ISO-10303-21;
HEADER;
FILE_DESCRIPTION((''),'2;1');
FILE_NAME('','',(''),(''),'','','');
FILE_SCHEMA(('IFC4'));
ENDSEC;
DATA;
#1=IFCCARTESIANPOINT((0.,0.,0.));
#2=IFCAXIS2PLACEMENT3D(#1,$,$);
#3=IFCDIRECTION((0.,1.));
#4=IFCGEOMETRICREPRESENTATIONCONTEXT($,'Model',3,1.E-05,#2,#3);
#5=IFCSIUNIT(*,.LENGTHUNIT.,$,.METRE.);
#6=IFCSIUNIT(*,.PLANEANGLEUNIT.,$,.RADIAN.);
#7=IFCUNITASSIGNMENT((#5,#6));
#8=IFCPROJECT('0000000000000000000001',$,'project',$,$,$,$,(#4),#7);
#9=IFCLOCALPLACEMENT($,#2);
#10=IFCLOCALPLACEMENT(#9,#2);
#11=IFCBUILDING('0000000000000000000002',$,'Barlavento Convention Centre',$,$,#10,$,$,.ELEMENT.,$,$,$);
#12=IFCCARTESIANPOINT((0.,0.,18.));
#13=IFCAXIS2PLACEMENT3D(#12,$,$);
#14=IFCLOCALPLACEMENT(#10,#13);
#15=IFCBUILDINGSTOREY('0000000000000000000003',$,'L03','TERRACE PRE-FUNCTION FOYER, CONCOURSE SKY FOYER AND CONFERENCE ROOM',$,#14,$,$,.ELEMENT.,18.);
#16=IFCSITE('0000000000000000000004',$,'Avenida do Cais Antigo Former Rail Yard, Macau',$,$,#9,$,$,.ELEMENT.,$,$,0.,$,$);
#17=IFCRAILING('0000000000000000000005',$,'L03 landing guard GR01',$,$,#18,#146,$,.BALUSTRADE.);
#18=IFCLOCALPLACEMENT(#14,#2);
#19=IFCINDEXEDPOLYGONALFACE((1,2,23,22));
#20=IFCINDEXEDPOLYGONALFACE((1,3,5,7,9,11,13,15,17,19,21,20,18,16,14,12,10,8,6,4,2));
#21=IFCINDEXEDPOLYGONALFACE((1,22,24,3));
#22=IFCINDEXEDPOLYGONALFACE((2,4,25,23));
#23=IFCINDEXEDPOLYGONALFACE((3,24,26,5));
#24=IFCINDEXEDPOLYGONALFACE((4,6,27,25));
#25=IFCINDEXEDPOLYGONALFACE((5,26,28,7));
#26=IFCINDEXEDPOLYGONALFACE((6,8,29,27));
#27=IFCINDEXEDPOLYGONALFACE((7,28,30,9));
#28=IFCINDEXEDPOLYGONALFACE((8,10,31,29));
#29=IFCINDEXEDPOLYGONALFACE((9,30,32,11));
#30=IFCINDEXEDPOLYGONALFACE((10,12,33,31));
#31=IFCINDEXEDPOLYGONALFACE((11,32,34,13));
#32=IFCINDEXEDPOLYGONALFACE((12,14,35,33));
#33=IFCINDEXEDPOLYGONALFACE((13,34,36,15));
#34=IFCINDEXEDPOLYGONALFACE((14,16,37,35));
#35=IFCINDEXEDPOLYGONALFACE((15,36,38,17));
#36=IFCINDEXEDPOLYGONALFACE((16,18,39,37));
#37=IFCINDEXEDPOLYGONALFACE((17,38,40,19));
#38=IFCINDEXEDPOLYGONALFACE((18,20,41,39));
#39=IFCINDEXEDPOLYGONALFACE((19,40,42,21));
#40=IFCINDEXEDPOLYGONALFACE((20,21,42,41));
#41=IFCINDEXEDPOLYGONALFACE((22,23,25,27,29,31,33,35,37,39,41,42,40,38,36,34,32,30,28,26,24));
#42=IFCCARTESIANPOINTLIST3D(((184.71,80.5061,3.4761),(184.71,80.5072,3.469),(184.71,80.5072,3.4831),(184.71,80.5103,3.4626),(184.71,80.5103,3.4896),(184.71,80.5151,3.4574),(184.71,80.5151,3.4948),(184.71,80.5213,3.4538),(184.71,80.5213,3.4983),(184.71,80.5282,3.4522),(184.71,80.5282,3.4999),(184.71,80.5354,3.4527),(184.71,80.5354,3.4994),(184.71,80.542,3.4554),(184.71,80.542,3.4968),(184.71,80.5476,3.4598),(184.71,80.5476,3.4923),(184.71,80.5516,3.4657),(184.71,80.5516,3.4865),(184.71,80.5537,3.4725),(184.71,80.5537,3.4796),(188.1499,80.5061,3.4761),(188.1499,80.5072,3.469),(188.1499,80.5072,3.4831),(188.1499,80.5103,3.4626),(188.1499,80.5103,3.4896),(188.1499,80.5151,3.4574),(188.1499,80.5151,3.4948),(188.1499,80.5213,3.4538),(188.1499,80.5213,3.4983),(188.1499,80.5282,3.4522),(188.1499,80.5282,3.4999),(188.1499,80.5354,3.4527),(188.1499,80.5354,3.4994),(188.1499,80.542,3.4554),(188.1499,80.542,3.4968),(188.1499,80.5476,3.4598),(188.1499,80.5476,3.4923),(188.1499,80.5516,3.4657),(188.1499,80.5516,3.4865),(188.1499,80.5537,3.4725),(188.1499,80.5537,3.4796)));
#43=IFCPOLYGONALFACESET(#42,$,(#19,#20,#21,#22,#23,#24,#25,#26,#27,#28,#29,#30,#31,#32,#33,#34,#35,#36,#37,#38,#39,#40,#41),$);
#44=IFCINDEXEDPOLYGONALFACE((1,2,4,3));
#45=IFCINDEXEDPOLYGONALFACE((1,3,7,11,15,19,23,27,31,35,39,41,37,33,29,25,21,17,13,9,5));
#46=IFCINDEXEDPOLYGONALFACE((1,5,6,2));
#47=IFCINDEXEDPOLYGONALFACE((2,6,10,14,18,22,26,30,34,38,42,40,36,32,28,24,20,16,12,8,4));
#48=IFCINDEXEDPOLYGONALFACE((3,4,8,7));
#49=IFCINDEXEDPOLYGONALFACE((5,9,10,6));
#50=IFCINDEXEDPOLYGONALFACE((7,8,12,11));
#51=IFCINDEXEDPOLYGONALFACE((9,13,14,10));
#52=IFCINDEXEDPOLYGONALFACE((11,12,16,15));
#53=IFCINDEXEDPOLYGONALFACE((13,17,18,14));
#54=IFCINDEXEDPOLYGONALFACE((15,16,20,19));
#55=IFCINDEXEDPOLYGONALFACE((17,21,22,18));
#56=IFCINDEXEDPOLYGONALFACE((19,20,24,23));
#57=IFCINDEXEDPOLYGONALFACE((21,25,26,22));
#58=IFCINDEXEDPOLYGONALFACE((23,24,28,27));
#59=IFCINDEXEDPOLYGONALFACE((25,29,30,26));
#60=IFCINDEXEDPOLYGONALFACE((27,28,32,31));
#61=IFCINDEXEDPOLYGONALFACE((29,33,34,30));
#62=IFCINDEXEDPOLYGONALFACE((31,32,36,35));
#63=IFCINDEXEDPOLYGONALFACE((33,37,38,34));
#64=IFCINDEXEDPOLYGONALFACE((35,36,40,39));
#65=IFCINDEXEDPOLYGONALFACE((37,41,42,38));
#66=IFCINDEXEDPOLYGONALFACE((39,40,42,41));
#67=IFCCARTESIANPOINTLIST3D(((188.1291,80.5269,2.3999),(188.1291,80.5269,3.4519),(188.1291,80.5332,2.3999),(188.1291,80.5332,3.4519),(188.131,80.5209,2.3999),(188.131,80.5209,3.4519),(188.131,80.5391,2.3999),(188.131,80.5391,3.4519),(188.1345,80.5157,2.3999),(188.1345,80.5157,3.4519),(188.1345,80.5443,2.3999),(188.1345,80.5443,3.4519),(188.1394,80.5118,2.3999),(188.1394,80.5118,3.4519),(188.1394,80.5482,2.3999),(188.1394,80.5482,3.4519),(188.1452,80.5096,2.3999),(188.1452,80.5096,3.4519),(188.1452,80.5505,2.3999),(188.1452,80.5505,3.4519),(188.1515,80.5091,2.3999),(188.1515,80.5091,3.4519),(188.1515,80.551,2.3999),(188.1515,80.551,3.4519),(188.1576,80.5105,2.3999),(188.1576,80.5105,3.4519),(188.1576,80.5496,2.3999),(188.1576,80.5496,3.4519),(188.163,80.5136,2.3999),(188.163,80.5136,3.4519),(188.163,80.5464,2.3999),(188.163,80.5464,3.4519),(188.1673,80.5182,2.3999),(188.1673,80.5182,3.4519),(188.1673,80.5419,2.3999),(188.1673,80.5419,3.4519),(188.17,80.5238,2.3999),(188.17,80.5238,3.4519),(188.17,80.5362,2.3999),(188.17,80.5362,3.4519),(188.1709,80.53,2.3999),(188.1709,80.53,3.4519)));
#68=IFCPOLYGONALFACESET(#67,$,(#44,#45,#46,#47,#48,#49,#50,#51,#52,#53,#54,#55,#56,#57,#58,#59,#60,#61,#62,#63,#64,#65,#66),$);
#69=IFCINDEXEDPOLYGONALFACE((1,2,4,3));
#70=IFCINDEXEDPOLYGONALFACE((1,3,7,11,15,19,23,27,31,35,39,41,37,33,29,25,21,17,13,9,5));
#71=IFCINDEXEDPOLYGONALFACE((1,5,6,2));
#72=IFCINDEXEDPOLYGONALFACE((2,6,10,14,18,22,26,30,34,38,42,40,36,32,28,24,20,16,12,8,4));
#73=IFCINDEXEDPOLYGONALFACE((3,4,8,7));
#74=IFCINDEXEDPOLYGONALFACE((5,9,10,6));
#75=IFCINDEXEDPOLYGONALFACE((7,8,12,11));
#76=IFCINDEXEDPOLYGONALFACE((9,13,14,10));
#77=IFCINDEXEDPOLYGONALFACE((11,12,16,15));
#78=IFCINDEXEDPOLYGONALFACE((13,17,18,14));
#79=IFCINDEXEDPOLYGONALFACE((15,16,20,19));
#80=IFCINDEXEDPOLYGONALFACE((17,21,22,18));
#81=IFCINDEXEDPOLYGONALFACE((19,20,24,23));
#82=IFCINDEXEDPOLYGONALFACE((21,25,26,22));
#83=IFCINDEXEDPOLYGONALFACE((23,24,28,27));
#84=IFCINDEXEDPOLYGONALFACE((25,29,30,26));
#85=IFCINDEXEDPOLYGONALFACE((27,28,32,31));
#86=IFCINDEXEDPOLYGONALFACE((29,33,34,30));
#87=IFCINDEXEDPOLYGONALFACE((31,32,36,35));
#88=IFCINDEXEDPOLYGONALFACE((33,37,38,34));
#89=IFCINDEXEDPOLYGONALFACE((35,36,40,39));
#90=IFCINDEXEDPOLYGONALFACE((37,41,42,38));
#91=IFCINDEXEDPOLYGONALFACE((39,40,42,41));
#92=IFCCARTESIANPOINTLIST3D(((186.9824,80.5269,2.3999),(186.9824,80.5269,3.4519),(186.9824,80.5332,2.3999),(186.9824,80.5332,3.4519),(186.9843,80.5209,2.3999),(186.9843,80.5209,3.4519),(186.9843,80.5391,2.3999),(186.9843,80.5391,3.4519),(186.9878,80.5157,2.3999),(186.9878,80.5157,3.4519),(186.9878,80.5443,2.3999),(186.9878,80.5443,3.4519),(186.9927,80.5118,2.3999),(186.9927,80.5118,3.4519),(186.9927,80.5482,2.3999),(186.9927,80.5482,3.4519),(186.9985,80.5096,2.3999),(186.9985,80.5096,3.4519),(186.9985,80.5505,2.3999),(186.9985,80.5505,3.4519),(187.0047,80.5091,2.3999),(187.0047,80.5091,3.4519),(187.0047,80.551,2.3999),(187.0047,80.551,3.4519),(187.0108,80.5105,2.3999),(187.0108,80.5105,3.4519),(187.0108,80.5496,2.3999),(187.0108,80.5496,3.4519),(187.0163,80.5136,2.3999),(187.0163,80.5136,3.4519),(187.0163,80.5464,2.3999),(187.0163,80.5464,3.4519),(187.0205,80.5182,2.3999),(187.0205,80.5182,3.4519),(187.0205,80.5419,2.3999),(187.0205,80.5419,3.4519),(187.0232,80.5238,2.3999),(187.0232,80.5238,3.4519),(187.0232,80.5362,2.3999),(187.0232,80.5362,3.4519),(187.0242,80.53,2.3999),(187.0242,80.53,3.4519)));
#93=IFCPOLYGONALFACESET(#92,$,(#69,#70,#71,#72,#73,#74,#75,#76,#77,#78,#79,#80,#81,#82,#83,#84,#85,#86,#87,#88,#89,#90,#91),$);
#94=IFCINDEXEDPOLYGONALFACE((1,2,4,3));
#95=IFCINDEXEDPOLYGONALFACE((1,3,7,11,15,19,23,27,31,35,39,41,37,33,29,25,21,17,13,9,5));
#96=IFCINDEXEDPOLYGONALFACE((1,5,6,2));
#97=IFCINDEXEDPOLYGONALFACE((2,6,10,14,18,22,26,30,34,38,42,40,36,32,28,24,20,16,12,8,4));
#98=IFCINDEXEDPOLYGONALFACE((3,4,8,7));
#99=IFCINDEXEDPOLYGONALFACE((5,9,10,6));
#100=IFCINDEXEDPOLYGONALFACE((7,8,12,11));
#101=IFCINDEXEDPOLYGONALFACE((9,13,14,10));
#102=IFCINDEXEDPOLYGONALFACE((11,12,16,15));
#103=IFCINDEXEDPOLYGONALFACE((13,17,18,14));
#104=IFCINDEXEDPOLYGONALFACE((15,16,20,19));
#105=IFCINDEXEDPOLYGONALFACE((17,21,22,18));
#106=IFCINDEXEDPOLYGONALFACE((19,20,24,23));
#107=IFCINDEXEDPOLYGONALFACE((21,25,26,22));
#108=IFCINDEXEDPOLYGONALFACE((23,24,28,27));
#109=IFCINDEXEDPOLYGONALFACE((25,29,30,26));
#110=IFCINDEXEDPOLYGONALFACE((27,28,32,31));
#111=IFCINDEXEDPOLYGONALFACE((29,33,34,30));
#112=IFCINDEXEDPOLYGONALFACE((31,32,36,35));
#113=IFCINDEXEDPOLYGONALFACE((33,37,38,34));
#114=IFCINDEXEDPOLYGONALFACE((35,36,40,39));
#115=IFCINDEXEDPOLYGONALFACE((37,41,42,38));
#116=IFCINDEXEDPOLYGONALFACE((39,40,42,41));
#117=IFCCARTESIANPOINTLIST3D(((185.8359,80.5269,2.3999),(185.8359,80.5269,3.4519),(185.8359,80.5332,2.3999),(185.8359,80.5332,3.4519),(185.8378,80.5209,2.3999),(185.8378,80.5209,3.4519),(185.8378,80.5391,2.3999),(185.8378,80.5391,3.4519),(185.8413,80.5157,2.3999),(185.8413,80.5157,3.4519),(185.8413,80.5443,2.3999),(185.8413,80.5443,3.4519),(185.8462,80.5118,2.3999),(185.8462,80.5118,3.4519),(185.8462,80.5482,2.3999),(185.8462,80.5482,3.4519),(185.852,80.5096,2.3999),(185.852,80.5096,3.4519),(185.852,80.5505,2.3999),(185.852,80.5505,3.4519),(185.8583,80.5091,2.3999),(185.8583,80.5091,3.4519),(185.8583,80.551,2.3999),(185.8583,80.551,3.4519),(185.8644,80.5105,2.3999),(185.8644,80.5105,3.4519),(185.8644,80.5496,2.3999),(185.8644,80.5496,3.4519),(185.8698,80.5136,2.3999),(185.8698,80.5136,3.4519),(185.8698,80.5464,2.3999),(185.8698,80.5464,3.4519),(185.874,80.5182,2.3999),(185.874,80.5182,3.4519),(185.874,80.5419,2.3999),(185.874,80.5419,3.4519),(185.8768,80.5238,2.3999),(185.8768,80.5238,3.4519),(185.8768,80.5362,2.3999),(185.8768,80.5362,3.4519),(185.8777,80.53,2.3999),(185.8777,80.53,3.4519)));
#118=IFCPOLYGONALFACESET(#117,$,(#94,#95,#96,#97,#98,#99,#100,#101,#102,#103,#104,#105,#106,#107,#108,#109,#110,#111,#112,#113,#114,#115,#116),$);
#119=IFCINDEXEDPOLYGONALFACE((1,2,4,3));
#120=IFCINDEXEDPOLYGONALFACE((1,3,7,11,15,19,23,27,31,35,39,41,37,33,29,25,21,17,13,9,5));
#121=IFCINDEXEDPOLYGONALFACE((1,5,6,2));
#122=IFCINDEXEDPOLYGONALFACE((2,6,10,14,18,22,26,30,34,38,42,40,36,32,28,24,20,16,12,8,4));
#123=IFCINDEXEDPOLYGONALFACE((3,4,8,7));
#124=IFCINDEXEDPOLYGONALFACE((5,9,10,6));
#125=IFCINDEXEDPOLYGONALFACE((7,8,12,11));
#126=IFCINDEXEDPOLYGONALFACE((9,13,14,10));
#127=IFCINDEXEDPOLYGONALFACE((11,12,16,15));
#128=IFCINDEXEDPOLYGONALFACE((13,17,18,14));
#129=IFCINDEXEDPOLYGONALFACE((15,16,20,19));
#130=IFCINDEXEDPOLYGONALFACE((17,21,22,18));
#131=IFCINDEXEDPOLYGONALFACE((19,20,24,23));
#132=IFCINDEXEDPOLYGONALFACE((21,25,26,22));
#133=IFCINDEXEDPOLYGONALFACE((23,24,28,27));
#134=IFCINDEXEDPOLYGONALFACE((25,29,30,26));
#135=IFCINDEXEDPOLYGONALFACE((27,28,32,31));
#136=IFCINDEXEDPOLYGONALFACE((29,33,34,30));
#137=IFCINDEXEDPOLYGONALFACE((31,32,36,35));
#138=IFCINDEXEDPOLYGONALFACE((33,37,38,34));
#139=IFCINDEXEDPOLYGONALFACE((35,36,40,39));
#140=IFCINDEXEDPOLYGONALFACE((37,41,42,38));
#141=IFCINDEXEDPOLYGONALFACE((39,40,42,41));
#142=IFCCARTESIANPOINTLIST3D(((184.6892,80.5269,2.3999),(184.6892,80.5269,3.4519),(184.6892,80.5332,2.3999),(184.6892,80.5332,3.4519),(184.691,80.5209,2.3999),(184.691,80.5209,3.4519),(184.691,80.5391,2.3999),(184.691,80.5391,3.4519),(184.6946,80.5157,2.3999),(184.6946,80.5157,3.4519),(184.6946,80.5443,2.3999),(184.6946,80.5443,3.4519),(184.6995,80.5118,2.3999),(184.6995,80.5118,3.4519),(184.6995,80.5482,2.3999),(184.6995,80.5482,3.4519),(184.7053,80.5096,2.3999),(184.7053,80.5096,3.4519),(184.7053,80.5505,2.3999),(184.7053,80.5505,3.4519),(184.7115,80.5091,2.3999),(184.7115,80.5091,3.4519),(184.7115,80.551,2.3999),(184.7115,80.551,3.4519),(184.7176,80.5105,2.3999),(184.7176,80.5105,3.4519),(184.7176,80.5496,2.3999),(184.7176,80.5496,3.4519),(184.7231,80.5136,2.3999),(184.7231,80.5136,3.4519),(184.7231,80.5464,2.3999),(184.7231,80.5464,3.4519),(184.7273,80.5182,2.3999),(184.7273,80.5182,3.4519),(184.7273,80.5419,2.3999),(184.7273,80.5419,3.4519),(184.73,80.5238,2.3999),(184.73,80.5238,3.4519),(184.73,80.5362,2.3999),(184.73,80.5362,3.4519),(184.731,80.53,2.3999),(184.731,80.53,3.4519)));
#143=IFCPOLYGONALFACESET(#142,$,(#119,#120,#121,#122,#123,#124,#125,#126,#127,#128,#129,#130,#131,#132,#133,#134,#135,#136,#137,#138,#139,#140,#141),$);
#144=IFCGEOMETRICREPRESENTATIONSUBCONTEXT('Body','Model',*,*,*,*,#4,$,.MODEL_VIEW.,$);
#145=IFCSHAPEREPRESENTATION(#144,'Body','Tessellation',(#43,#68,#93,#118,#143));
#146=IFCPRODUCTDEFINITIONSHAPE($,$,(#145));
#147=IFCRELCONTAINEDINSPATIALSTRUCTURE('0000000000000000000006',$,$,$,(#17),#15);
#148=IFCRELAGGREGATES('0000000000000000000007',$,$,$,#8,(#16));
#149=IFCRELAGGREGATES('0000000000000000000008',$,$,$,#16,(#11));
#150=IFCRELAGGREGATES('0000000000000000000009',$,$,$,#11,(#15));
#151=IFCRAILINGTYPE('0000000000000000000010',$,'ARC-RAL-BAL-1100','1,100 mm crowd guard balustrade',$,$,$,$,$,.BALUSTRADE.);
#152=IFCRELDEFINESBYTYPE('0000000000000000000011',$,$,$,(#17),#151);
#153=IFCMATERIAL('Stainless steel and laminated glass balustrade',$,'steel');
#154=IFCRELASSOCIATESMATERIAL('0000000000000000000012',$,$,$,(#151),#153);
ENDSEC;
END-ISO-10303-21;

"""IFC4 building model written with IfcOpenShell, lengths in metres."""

from ifc_helpers import new_model, si_unit, direction, frame, origin, origin_2d, place, context, subcontext, project, spatial, circle, extrude, material, type_object, element, save


model = new_model("IFC4")

# Units and contexts
model_context = context("Model", 3, precision=1e-05, world=origin(), true_north=direction((0.0, 1.0)))
body_context = subcontext(model_context, "Body", "Model", "MODEL_VIEW")
ifc_project = project(units=[si_unit("LENGTHUNIT", "METRE"), si_unit("PLANEANGLEUNIT", "RADIAN")], contexts=[model_context])

# Site, building, storey
site_placement = place(None, origin())
site = spatial("IfcSite", under=ifc_project, at=site_placement, Name="Avenida do Cais Antigo Former Rail Yard, Macau", CompositionType="ELEMENT", RefElevation=0.0)
building_placement = place(site_placement, origin())
building = spatial("IfcBuilding", under=site, at=building_placement, Name="Barlavento Convention Centre", CompositionType="ELEMENT")
storey_placement = place(building_placement, frame((0.0, 0.0, 18.0)))
storey = spatial("IfcBuildingStorey", under=building, at=storey_placement, Name="L03", Description="TERRACE PRE-FUNCTION FOYER, CONCOURSE SKY FOYER AND CONFERENCE ROOM", CompositionType="ELEMENT", Elevation=18.0)

# Railing
ifc_material_1 = material(Name="Stainless steel and laminated glass balustrade", Category="steel")
railing_type_1 = type_object("IfcRailingType", Name="ARC-RAL-BAL-1100", Description="1,100 mm crowd guard balustrade", PredefinedType="BALUSTRADE", material=ifc_material_1)
railing_1_placement = place(storey_placement, frame((188.1499, 80.53, 2.3999)))
element("IfcRailing", 1, at=railing_1_placement, inside=storey, type_object=railing_type_1, Name="L03 landing guard GR01", PredefinedType="BALUSTRADE", context=body_context, shape_type="SweptSolid", body=[
    extrude(circle(Radius=0.0239, at=origin_2d()), frame((0.0, 0.0, 1.0762), z_axis=(-1.0, 0.0, 0.0), x_axis=(0.0, -1.0, 0.0)), (0.0, 0.0, 1.0), 3.4399),
    extrude(circle(Radius=0.021, at=origin_2d()), origin(), (0.0, 0.0, 1.0), 1.052),
    extrude(circle(Radius=0.021, at=origin_2d()), frame((-1.1467, 0.0, 0.0)), (0.0, 0.0, 1.0), 1.052),
    extrude(circle(Radius=0.021, at=origin_2d()), frame((-2.2932, 0.0, 0.0)), (0.0, 0.0, 1.0), 1.052),
    extrude(circle(Radius=0.021, at=origin_2d()), frame((-3.4399, 0.0, 0.0)), (0.0, 0.0, 1.0), 1.052),
])

save(model, "model.ifc")
